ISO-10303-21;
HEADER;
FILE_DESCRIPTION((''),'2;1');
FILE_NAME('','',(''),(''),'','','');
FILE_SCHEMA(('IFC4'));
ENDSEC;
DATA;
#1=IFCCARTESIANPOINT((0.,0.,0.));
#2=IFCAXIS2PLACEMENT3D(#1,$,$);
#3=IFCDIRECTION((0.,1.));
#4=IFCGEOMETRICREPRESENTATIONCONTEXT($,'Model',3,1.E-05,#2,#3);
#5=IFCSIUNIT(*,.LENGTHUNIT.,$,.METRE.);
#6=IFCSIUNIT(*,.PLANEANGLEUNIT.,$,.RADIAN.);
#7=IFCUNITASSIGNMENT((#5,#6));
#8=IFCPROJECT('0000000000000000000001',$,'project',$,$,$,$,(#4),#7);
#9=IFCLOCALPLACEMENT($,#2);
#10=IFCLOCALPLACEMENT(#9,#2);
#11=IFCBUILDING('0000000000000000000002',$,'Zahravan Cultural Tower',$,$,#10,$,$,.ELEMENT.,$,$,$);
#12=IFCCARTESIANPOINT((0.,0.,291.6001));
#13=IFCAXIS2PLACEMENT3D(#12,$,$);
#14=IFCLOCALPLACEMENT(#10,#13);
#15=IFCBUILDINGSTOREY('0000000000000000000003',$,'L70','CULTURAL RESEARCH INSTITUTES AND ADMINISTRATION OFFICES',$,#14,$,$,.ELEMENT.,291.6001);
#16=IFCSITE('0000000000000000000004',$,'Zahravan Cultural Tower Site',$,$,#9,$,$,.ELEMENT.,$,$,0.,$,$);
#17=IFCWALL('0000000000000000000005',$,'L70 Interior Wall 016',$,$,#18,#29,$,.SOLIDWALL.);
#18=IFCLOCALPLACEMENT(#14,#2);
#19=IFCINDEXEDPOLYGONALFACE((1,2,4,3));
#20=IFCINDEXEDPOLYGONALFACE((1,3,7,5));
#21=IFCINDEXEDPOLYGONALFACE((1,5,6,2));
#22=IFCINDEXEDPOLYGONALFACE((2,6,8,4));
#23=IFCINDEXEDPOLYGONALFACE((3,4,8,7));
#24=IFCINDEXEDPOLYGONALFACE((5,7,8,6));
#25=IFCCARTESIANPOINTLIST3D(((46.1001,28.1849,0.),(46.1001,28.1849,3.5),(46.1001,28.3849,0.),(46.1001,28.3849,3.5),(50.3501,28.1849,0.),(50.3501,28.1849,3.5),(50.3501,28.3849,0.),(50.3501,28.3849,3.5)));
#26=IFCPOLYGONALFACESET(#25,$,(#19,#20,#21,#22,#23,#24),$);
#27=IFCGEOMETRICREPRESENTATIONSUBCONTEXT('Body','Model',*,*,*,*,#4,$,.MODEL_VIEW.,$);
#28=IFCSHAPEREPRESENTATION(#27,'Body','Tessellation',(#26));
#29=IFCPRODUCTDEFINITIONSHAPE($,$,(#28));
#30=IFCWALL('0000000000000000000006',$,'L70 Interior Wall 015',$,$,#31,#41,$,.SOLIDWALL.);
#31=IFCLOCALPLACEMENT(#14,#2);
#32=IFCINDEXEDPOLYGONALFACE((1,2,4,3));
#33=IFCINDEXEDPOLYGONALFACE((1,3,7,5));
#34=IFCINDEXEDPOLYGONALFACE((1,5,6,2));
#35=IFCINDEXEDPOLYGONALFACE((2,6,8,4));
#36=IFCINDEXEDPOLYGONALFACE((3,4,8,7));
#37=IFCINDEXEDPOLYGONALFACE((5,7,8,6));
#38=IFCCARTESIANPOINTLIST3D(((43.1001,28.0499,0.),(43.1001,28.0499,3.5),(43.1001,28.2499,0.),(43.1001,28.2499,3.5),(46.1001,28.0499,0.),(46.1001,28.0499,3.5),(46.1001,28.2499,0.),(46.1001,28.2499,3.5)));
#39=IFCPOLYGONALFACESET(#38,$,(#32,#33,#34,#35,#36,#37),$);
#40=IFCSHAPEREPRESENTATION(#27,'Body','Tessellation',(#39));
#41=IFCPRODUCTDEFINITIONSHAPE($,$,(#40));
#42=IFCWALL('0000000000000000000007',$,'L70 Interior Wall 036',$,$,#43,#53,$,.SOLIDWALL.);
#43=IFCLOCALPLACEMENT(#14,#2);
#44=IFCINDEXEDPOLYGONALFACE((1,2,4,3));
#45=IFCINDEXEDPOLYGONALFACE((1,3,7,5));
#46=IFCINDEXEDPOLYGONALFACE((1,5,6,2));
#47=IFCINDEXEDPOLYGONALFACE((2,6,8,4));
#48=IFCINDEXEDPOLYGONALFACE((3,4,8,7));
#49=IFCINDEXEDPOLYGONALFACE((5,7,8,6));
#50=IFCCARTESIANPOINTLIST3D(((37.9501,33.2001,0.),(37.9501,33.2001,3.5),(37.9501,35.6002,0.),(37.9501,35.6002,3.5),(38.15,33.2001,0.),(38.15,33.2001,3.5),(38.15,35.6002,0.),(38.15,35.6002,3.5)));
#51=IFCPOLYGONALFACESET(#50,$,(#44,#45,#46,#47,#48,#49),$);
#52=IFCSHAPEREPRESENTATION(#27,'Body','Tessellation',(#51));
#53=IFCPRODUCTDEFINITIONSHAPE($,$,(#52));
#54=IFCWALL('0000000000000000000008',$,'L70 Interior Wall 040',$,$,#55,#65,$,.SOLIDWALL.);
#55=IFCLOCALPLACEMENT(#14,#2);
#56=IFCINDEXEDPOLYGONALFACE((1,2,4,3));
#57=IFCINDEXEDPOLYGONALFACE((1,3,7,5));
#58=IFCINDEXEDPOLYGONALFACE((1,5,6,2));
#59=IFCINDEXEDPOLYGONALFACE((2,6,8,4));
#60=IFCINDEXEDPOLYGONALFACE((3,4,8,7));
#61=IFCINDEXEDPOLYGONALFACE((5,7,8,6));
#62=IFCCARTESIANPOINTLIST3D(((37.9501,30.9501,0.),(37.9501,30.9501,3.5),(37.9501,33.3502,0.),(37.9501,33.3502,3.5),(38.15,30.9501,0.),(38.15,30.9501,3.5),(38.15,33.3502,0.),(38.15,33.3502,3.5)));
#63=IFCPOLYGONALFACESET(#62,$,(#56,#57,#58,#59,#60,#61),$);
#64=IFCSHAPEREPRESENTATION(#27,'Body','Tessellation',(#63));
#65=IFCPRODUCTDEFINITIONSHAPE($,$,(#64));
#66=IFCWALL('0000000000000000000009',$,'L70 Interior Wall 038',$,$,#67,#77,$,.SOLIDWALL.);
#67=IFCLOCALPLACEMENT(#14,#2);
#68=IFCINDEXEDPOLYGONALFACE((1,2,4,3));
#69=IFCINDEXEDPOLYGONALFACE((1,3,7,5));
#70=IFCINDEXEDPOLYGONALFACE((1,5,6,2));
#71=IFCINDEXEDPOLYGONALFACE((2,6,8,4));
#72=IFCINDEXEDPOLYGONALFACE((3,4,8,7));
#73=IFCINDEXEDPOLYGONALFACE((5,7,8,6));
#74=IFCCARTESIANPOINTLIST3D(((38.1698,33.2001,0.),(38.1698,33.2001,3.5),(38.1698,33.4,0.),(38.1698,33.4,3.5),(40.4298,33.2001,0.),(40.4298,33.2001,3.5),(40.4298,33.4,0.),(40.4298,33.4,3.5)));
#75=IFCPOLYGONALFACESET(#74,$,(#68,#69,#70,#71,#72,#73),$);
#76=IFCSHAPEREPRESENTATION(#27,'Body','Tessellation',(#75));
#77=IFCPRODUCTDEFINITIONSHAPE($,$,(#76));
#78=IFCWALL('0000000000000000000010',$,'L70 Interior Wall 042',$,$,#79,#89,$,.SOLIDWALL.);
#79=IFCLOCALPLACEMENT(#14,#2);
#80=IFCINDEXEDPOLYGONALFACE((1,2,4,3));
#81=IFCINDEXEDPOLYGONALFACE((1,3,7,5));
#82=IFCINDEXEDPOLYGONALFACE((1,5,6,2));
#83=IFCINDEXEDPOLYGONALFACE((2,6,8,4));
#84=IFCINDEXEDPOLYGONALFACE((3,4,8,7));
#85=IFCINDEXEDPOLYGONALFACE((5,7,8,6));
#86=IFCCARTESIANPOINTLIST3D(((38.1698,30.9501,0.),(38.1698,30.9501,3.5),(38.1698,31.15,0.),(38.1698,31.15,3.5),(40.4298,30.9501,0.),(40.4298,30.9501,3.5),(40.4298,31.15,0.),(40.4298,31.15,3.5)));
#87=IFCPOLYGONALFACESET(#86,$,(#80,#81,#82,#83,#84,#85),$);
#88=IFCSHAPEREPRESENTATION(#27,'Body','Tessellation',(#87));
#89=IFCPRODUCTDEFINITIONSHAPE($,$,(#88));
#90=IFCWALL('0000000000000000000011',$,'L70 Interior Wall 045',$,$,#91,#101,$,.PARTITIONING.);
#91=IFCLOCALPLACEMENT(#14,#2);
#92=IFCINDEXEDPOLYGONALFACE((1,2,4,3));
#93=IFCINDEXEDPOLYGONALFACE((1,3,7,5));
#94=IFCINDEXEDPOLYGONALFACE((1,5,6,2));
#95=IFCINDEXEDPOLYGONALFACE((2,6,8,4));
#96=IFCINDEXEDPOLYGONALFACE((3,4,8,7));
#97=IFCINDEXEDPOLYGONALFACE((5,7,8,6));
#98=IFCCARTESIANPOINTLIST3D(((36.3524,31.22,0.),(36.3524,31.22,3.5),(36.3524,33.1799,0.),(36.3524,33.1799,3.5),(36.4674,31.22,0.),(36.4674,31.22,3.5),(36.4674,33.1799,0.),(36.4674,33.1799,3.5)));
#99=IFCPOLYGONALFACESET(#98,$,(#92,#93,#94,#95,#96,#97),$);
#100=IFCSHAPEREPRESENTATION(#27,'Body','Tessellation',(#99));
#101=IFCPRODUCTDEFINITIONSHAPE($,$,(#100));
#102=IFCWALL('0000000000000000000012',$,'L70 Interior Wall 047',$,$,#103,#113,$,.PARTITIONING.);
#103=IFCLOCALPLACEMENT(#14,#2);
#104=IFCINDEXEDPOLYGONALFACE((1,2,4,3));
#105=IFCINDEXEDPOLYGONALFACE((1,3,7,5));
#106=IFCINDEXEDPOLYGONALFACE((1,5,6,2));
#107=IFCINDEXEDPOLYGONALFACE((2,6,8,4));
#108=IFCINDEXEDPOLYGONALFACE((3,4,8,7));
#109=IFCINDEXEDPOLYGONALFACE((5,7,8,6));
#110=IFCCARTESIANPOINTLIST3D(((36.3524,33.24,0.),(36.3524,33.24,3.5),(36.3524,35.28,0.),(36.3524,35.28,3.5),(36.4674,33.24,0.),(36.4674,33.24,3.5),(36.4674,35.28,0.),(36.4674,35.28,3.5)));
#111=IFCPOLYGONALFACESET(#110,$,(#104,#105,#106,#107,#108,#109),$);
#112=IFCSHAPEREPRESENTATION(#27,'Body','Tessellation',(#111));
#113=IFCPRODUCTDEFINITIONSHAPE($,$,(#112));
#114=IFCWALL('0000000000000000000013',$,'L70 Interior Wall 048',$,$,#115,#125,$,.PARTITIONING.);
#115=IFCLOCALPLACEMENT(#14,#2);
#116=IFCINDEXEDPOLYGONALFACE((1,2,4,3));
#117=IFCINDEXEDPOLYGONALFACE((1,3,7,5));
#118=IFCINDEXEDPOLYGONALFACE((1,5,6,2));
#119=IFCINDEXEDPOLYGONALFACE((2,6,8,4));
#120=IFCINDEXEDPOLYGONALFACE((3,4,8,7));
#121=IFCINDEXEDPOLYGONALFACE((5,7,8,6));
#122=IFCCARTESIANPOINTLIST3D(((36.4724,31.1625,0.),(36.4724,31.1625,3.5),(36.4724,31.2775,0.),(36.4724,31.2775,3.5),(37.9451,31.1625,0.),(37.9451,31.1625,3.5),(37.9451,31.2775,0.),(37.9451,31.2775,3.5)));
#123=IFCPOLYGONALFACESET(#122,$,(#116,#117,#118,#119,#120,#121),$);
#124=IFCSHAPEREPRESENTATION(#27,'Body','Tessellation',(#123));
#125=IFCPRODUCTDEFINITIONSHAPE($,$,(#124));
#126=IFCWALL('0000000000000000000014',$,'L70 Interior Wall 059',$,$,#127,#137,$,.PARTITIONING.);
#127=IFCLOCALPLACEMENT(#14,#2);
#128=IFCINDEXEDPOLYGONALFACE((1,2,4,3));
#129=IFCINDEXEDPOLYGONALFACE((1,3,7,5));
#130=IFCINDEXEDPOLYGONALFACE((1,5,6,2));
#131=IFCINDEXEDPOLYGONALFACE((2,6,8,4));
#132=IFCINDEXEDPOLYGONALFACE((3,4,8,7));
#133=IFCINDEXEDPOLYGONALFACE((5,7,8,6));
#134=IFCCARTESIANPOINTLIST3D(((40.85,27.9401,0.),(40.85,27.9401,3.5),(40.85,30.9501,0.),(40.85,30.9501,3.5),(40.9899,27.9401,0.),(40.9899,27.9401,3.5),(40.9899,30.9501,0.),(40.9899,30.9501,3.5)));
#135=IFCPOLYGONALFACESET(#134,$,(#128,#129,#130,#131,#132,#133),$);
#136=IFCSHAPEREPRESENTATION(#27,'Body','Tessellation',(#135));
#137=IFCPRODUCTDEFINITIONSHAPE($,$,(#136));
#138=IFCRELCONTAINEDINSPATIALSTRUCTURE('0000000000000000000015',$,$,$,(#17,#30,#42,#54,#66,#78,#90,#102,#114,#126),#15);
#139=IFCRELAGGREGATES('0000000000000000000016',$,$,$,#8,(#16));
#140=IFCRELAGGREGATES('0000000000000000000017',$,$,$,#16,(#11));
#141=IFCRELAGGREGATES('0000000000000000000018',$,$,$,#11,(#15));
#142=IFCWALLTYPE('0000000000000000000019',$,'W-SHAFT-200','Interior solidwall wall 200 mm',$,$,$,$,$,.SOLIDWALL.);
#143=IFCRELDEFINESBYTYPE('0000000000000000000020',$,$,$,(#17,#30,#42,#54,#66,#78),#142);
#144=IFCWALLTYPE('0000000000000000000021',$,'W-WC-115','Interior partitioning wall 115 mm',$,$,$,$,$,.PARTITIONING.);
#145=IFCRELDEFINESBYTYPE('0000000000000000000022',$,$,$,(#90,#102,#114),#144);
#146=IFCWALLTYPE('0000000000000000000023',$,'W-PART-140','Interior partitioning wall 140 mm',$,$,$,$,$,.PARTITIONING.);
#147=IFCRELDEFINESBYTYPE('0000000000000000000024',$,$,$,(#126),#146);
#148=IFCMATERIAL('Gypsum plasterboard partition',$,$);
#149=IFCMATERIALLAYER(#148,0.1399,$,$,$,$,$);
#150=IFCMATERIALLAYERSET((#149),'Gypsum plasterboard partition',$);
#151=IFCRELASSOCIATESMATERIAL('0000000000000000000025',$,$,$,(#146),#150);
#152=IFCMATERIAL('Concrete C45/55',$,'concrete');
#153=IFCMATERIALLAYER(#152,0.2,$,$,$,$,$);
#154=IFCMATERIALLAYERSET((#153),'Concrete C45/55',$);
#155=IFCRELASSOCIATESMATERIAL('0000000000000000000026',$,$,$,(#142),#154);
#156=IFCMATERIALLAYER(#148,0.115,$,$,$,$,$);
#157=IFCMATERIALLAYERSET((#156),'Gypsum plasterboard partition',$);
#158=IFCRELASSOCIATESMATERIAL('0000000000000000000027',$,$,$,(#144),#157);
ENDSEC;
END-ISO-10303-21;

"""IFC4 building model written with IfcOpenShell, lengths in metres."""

from ifc_helpers import new_model, si_unit, direction, frame, frame_2d, origin, place, context, subcontext, project, spatial, rectangle, extrude, source, transform, mapped, material, layer, layer_set, type_object, element, save


model = new_model("IFC4")

# Units and contexts
model_context = context("Model", 3, precision=1e-05, world=origin(), true_north=direction((0.0, 1.0)))
body_context = subcontext(model_context, "Body", "Model", "MODEL_VIEW")
ifc_project = project(units=[si_unit("LENGTHUNIT", "METRE"), si_unit("PLANEANGLEUNIT", "RADIAN")], contexts=[model_context])

# Site, building, storey
site_placement = place(None, origin())
site = spatial("IfcSite", under=ifc_project, at=site_placement, Name="Zahravan Cultural Tower Site", CompositionType="ELEMENT", RefElevation=0.0)
building_placement = place(site_placement, origin())
building = spatial("IfcBuilding", under=site, at=building_placement, Name="Zahravan Cultural Tower", CompositionType="ELEMENT")
storey_placement = place(building_placement, frame((0.0, 0.0, 291.6001)))
storey = spatial("IfcBuildingStorey", under=building, at=storey_placement, Name="L70", Description="CULTURAL RESEARCH INSTITUTES AND ADMINISTRATION OFFICES", CompositionType="ELEMENT", Elevation=291.6001)

# Shared definitions
ifc_material_1 = material(Name="Gypsum plasterboard partition")
ifc_layer_1 = layer(ifc_material_1, 0.1399)
ifc_layer_set_1 = layer_set([ifc_layer_1], Name="Gypsum plasterboard partition")
wall_type_1 = type_object("IfcWallType", Name="W-PART-140", Description="Interior partitioning wall 140 mm", PredefinedType="PARTITIONING", material=ifc_layer_set_1)
ifc_material_2 = material(Name="Concrete C45/55", Category="concrete")
ifc_layer_2 = layer(ifc_material_2, 0.2)
ifc_layer_set_2 = layer_set([ifc_layer_2], Name="Concrete C45/55")
wall_type_2 = type_object("IfcWallType", Name="W-SHAFT-200", Description="Interior solidwall wall 200 mm", PredefinedType="SOLIDWALL", material=ifc_layer_set_2)
ifc_layer_3 = layer(ifc_material_1, 0.115)
ifc_layer_set_3 = layer_set([ifc_layer_3], Name="Gypsum plasterboard partition")
wall_type_3 = type_object("IfcWallType", Name="W-WC-115", Description="Interior partitioning wall 115 mm", PredefinedType="PARTITIONING", material=ifc_layer_set_3)

# Walls
shared_shape_1 = source(origin(), body_context, "Body", "SweptSolid", [
    extrude(rectangle(XDim=4.25, YDim=0.2, at=frame_2d((2.125, 0.0))), origin(), (0.0, 0.0, 1.0), 3.5),
])
wall_1_placement = place(storey_placement, frame((46.1001, 28.2849, 0.0), z_axis=(0.0, 0.0, 1.0), x_axis=(1.0, 0.0, 0.0)))
element("IfcWall", 1, at=wall_1_placement, inside=storey, type_object=wall_type_2, Name="L70 Interior Wall 016", PredefinedType="SOLIDWALL", context=body_context, shape_type="MappedRepresentation", body=[
    mapped(shared_shape_1, transform((0.0, 0.0, 0.0), x_axis=(1.0, 0.0, 0.0), y_axis=(0.0, 1.0, 0.0), z_axis=(0.0, 0.0, 1.0), scale=1.0)),
])
shared_shape_2 = source(origin(), body_context, "Body", "SweptSolid", [
    extrude(rectangle(XDim=3.0, YDim=0.2, at=frame_2d((1.5, 0.0))), origin(), (0.0, 0.0, 1.0), 3.5),
])
wall_2_placement = place(storey_placement, frame((43.1001, 28.1499, 0.0), z_axis=(0.0, 0.0, 1.0), x_axis=(1.0, 0.0, 0.0)))
element("IfcWall", 2, at=wall_2_placement, inside=storey, type_object=wall_type_2, Name="L70 Interior Wall 015", PredefinedType="SOLIDWALL", context=body_context, shape_type="MappedRepresentation", body=[
    mapped(shared_shape_2, transform((0.0, 0.0, 0.0), x_axis=(1.0, 0.0, 0.0), y_axis=(0.0, 1.0, 0.0), z_axis=(0.0, 0.0, 1.0), scale=1.0)),
])
shared_shape_3 = source(origin(), body_context, "Body", "SweptSolid", [
    extrude(rectangle(XDim=2.4001, YDim=0.2, at=frame_2d((1.2002, 0.0))), origin(), (0.0, 0.0, 1.0), 3.5),
])
for number, where, z_axis, x_axis, name in (
    (3, (38.05, 33.2, 0.0), (0.0, 0.0, 1.0), (0.0, 1.0, 0.0), "L70 Interior Wall 036"),
    (4, (38.05, 30.95, 0.0), (0.0, 0.0, 1.0), (0.0, 1.0, 0.0), "L70 Interior Wall 040"),
):
    element("IfcWall", number, at=place(storey_placement, frame(where, z_axis=z_axis, x_axis=x_axis)), inside=storey, type_object=wall_type_2, Name=name, PredefinedType="SOLIDWALL", context=body_context, shape_type="MappedRepresentation", body=[
        mapped(shared_shape_3, transform((0.0, 0.0, 0.0), x_axis=(1.0, 0.0, 0.0), y_axis=(0.0, 1.0, 0.0), z_axis=(0.0, 0.0, 1.0), scale=1.0)),
    ])
shared_shape_4 = source(origin(), body_context, "Body", "SweptSolid", [
    extrude(rectangle(XDim=2.26, YDim=0.2, at=frame_2d((1.1299, 0.0))), origin(), (0.0, 0.0, 1.0), 3.5),
])
for number, where, z_axis, x_axis, name in (
    (5, (38.1699, 33.3, 0.0), (0.0, 0.0, 1.0), (1.0, 0.0, 0.0), "L70 Interior Wall 038"),
    (6, (38.1699, 31.05, 0.0), (0.0, 0.0, 1.0), (1.0, 0.0, 0.0), "L70 Interior Wall 042"),
):
    element("IfcWall", number, at=place(storey_placement, frame(where, z_axis=z_axis, x_axis=x_axis)), inside=storey, type_object=wall_type_2, Name=name, PredefinedType="SOLIDWALL", context=body_context, shape_type="MappedRepresentation", body=[
        mapped(shared_shape_4, transform((0.0, 0.0, 0.0), x_axis=(1.0, 0.0, 0.0), y_axis=(0.0, 1.0, 0.0), z_axis=(0.0, 0.0, 1.0), scale=1.0)),
    ])
shared_shape_5 = source(origin(), body_context, "Body", "SweptSolid", [
    extrude(rectangle(XDim=1.96, YDim=0.115, at=frame_2d((0.98, 0.0))), origin(), (0.0, 0.0, 1.0), 3.5),
])
wall_3_placement = place(storey_placement, frame((36.4099, 33.1799, 0.0), z_axis=(0.0, 0.0, 1.0), x_axis=(0.0, -1.0, 0.0)))
element("IfcWall", 7, at=wall_3_placement, inside=storey, type_object=wall_type_3, Name="L70 Interior Wall 045", PredefinedType="PARTITIONING", context=body_context, shape_type="MappedRepresentation", body=[
    mapped(shared_shape_5, transform((0.0, 0.0, 0.0), x_axis=(1.0, 0.0, 0.0), y_axis=(0.0, 1.0, 0.0), z_axis=(0.0, 0.0, 1.0), scale=1.0)),
])
shared_shape_6 = source(origin(), body_context, "Body", "SweptSolid", [
    extrude(rectangle(XDim=2.04, YDim=0.115, at=frame_2d((1.02, 0.0))), origin(), (0.0, 0.0, 1.0), 3.5),
])
wall_4_placement = place(storey_placement, frame((36.4099, 35.28, 0.0), z_axis=(0.0, 0.0, 1.0), x_axis=(0.0, -1.0, 0.0)))
element("IfcWall", 8, at=wall_4_placement, inside=storey, type_object=wall_type_3, Name="L70 Interior Wall 047", PredefinedType="PARTITIONING", context=body_context, shape_type="MappedRepresentation", body=[
    mapped(shared_shape_6, transform((0.0, 0.0, 0.0), x_axis=(1.0, 0.0, 0.0), y_axis=(0.0, 1.0, 0.0), z_axis=(0.0, 0.0, 1.0), scale=1.0)),
])
shared_shape_7 = source(origin(), body_context, "Body", "SweptSolid", [
    extrude(rectangle(XDim=1.4727, YDim=0.115, at=frame_2d((0.7363, 0.0))), origin(), (0.0, 0.0, 1.0), 3.5),
])
wall_5_placement = place(storey_placement, frame((37.9451, 31.22, 0.0), z_axis=(0.0, 0.0, 1.0), x_axis=(-1.0, 0.0, 0.0)))
element("IfcWall", 9, at=wall_5_placement, inside=storey, type_object=wall_type_3, Name="L70 Interior Wall 048", PredefinedType="PARTITIONING", context=body_context, shape_type="MappedRepresentation", body=[
    mapped(shared_shape_7, transform((0.0, 0.0, 0.0), x_axis=(1.0, 0.0, 0.0), y_axis=(0.0, 1.0, 0.0), z_axis=(0.0, 0.0, 1.0), scale=1.0)),
])
shared_shape_8 = source(origin(), body_context, "Body", "SweptSolid", [
    extrude(rectangle(XDim=3.01, YDim=0.1399, at=frame_2d((1.5049, 0.0))), origin(), (0.0, 0.0, 1.0), 3.5),
])
wall_6_placement = place(storey_placement, frame((40.9199, 30.95, 0.0), z_axis=(0.0, 0.0, 1.0), x_axis=(0.0, -1.0, 0.0)))
element("IfcWall", 10, at=wall_6_placement, inside=storey, type_object=wall_type_1, Name="L70 Interior Wall 059", PredefinedType="PARTITIONING", context=body_context, shape_type="MappedRepresentation", body=[
    mapped(shared_shape_8, transform((0.0, 0.0, 0.0), x_axis=(1.0, 0.0, 0.0), y_axis=(0.0, 1.0, 0.0), z_axis=(0.0, 0.0, 1.0), scale=1.0)),
])

save(model, "model.ifc")
